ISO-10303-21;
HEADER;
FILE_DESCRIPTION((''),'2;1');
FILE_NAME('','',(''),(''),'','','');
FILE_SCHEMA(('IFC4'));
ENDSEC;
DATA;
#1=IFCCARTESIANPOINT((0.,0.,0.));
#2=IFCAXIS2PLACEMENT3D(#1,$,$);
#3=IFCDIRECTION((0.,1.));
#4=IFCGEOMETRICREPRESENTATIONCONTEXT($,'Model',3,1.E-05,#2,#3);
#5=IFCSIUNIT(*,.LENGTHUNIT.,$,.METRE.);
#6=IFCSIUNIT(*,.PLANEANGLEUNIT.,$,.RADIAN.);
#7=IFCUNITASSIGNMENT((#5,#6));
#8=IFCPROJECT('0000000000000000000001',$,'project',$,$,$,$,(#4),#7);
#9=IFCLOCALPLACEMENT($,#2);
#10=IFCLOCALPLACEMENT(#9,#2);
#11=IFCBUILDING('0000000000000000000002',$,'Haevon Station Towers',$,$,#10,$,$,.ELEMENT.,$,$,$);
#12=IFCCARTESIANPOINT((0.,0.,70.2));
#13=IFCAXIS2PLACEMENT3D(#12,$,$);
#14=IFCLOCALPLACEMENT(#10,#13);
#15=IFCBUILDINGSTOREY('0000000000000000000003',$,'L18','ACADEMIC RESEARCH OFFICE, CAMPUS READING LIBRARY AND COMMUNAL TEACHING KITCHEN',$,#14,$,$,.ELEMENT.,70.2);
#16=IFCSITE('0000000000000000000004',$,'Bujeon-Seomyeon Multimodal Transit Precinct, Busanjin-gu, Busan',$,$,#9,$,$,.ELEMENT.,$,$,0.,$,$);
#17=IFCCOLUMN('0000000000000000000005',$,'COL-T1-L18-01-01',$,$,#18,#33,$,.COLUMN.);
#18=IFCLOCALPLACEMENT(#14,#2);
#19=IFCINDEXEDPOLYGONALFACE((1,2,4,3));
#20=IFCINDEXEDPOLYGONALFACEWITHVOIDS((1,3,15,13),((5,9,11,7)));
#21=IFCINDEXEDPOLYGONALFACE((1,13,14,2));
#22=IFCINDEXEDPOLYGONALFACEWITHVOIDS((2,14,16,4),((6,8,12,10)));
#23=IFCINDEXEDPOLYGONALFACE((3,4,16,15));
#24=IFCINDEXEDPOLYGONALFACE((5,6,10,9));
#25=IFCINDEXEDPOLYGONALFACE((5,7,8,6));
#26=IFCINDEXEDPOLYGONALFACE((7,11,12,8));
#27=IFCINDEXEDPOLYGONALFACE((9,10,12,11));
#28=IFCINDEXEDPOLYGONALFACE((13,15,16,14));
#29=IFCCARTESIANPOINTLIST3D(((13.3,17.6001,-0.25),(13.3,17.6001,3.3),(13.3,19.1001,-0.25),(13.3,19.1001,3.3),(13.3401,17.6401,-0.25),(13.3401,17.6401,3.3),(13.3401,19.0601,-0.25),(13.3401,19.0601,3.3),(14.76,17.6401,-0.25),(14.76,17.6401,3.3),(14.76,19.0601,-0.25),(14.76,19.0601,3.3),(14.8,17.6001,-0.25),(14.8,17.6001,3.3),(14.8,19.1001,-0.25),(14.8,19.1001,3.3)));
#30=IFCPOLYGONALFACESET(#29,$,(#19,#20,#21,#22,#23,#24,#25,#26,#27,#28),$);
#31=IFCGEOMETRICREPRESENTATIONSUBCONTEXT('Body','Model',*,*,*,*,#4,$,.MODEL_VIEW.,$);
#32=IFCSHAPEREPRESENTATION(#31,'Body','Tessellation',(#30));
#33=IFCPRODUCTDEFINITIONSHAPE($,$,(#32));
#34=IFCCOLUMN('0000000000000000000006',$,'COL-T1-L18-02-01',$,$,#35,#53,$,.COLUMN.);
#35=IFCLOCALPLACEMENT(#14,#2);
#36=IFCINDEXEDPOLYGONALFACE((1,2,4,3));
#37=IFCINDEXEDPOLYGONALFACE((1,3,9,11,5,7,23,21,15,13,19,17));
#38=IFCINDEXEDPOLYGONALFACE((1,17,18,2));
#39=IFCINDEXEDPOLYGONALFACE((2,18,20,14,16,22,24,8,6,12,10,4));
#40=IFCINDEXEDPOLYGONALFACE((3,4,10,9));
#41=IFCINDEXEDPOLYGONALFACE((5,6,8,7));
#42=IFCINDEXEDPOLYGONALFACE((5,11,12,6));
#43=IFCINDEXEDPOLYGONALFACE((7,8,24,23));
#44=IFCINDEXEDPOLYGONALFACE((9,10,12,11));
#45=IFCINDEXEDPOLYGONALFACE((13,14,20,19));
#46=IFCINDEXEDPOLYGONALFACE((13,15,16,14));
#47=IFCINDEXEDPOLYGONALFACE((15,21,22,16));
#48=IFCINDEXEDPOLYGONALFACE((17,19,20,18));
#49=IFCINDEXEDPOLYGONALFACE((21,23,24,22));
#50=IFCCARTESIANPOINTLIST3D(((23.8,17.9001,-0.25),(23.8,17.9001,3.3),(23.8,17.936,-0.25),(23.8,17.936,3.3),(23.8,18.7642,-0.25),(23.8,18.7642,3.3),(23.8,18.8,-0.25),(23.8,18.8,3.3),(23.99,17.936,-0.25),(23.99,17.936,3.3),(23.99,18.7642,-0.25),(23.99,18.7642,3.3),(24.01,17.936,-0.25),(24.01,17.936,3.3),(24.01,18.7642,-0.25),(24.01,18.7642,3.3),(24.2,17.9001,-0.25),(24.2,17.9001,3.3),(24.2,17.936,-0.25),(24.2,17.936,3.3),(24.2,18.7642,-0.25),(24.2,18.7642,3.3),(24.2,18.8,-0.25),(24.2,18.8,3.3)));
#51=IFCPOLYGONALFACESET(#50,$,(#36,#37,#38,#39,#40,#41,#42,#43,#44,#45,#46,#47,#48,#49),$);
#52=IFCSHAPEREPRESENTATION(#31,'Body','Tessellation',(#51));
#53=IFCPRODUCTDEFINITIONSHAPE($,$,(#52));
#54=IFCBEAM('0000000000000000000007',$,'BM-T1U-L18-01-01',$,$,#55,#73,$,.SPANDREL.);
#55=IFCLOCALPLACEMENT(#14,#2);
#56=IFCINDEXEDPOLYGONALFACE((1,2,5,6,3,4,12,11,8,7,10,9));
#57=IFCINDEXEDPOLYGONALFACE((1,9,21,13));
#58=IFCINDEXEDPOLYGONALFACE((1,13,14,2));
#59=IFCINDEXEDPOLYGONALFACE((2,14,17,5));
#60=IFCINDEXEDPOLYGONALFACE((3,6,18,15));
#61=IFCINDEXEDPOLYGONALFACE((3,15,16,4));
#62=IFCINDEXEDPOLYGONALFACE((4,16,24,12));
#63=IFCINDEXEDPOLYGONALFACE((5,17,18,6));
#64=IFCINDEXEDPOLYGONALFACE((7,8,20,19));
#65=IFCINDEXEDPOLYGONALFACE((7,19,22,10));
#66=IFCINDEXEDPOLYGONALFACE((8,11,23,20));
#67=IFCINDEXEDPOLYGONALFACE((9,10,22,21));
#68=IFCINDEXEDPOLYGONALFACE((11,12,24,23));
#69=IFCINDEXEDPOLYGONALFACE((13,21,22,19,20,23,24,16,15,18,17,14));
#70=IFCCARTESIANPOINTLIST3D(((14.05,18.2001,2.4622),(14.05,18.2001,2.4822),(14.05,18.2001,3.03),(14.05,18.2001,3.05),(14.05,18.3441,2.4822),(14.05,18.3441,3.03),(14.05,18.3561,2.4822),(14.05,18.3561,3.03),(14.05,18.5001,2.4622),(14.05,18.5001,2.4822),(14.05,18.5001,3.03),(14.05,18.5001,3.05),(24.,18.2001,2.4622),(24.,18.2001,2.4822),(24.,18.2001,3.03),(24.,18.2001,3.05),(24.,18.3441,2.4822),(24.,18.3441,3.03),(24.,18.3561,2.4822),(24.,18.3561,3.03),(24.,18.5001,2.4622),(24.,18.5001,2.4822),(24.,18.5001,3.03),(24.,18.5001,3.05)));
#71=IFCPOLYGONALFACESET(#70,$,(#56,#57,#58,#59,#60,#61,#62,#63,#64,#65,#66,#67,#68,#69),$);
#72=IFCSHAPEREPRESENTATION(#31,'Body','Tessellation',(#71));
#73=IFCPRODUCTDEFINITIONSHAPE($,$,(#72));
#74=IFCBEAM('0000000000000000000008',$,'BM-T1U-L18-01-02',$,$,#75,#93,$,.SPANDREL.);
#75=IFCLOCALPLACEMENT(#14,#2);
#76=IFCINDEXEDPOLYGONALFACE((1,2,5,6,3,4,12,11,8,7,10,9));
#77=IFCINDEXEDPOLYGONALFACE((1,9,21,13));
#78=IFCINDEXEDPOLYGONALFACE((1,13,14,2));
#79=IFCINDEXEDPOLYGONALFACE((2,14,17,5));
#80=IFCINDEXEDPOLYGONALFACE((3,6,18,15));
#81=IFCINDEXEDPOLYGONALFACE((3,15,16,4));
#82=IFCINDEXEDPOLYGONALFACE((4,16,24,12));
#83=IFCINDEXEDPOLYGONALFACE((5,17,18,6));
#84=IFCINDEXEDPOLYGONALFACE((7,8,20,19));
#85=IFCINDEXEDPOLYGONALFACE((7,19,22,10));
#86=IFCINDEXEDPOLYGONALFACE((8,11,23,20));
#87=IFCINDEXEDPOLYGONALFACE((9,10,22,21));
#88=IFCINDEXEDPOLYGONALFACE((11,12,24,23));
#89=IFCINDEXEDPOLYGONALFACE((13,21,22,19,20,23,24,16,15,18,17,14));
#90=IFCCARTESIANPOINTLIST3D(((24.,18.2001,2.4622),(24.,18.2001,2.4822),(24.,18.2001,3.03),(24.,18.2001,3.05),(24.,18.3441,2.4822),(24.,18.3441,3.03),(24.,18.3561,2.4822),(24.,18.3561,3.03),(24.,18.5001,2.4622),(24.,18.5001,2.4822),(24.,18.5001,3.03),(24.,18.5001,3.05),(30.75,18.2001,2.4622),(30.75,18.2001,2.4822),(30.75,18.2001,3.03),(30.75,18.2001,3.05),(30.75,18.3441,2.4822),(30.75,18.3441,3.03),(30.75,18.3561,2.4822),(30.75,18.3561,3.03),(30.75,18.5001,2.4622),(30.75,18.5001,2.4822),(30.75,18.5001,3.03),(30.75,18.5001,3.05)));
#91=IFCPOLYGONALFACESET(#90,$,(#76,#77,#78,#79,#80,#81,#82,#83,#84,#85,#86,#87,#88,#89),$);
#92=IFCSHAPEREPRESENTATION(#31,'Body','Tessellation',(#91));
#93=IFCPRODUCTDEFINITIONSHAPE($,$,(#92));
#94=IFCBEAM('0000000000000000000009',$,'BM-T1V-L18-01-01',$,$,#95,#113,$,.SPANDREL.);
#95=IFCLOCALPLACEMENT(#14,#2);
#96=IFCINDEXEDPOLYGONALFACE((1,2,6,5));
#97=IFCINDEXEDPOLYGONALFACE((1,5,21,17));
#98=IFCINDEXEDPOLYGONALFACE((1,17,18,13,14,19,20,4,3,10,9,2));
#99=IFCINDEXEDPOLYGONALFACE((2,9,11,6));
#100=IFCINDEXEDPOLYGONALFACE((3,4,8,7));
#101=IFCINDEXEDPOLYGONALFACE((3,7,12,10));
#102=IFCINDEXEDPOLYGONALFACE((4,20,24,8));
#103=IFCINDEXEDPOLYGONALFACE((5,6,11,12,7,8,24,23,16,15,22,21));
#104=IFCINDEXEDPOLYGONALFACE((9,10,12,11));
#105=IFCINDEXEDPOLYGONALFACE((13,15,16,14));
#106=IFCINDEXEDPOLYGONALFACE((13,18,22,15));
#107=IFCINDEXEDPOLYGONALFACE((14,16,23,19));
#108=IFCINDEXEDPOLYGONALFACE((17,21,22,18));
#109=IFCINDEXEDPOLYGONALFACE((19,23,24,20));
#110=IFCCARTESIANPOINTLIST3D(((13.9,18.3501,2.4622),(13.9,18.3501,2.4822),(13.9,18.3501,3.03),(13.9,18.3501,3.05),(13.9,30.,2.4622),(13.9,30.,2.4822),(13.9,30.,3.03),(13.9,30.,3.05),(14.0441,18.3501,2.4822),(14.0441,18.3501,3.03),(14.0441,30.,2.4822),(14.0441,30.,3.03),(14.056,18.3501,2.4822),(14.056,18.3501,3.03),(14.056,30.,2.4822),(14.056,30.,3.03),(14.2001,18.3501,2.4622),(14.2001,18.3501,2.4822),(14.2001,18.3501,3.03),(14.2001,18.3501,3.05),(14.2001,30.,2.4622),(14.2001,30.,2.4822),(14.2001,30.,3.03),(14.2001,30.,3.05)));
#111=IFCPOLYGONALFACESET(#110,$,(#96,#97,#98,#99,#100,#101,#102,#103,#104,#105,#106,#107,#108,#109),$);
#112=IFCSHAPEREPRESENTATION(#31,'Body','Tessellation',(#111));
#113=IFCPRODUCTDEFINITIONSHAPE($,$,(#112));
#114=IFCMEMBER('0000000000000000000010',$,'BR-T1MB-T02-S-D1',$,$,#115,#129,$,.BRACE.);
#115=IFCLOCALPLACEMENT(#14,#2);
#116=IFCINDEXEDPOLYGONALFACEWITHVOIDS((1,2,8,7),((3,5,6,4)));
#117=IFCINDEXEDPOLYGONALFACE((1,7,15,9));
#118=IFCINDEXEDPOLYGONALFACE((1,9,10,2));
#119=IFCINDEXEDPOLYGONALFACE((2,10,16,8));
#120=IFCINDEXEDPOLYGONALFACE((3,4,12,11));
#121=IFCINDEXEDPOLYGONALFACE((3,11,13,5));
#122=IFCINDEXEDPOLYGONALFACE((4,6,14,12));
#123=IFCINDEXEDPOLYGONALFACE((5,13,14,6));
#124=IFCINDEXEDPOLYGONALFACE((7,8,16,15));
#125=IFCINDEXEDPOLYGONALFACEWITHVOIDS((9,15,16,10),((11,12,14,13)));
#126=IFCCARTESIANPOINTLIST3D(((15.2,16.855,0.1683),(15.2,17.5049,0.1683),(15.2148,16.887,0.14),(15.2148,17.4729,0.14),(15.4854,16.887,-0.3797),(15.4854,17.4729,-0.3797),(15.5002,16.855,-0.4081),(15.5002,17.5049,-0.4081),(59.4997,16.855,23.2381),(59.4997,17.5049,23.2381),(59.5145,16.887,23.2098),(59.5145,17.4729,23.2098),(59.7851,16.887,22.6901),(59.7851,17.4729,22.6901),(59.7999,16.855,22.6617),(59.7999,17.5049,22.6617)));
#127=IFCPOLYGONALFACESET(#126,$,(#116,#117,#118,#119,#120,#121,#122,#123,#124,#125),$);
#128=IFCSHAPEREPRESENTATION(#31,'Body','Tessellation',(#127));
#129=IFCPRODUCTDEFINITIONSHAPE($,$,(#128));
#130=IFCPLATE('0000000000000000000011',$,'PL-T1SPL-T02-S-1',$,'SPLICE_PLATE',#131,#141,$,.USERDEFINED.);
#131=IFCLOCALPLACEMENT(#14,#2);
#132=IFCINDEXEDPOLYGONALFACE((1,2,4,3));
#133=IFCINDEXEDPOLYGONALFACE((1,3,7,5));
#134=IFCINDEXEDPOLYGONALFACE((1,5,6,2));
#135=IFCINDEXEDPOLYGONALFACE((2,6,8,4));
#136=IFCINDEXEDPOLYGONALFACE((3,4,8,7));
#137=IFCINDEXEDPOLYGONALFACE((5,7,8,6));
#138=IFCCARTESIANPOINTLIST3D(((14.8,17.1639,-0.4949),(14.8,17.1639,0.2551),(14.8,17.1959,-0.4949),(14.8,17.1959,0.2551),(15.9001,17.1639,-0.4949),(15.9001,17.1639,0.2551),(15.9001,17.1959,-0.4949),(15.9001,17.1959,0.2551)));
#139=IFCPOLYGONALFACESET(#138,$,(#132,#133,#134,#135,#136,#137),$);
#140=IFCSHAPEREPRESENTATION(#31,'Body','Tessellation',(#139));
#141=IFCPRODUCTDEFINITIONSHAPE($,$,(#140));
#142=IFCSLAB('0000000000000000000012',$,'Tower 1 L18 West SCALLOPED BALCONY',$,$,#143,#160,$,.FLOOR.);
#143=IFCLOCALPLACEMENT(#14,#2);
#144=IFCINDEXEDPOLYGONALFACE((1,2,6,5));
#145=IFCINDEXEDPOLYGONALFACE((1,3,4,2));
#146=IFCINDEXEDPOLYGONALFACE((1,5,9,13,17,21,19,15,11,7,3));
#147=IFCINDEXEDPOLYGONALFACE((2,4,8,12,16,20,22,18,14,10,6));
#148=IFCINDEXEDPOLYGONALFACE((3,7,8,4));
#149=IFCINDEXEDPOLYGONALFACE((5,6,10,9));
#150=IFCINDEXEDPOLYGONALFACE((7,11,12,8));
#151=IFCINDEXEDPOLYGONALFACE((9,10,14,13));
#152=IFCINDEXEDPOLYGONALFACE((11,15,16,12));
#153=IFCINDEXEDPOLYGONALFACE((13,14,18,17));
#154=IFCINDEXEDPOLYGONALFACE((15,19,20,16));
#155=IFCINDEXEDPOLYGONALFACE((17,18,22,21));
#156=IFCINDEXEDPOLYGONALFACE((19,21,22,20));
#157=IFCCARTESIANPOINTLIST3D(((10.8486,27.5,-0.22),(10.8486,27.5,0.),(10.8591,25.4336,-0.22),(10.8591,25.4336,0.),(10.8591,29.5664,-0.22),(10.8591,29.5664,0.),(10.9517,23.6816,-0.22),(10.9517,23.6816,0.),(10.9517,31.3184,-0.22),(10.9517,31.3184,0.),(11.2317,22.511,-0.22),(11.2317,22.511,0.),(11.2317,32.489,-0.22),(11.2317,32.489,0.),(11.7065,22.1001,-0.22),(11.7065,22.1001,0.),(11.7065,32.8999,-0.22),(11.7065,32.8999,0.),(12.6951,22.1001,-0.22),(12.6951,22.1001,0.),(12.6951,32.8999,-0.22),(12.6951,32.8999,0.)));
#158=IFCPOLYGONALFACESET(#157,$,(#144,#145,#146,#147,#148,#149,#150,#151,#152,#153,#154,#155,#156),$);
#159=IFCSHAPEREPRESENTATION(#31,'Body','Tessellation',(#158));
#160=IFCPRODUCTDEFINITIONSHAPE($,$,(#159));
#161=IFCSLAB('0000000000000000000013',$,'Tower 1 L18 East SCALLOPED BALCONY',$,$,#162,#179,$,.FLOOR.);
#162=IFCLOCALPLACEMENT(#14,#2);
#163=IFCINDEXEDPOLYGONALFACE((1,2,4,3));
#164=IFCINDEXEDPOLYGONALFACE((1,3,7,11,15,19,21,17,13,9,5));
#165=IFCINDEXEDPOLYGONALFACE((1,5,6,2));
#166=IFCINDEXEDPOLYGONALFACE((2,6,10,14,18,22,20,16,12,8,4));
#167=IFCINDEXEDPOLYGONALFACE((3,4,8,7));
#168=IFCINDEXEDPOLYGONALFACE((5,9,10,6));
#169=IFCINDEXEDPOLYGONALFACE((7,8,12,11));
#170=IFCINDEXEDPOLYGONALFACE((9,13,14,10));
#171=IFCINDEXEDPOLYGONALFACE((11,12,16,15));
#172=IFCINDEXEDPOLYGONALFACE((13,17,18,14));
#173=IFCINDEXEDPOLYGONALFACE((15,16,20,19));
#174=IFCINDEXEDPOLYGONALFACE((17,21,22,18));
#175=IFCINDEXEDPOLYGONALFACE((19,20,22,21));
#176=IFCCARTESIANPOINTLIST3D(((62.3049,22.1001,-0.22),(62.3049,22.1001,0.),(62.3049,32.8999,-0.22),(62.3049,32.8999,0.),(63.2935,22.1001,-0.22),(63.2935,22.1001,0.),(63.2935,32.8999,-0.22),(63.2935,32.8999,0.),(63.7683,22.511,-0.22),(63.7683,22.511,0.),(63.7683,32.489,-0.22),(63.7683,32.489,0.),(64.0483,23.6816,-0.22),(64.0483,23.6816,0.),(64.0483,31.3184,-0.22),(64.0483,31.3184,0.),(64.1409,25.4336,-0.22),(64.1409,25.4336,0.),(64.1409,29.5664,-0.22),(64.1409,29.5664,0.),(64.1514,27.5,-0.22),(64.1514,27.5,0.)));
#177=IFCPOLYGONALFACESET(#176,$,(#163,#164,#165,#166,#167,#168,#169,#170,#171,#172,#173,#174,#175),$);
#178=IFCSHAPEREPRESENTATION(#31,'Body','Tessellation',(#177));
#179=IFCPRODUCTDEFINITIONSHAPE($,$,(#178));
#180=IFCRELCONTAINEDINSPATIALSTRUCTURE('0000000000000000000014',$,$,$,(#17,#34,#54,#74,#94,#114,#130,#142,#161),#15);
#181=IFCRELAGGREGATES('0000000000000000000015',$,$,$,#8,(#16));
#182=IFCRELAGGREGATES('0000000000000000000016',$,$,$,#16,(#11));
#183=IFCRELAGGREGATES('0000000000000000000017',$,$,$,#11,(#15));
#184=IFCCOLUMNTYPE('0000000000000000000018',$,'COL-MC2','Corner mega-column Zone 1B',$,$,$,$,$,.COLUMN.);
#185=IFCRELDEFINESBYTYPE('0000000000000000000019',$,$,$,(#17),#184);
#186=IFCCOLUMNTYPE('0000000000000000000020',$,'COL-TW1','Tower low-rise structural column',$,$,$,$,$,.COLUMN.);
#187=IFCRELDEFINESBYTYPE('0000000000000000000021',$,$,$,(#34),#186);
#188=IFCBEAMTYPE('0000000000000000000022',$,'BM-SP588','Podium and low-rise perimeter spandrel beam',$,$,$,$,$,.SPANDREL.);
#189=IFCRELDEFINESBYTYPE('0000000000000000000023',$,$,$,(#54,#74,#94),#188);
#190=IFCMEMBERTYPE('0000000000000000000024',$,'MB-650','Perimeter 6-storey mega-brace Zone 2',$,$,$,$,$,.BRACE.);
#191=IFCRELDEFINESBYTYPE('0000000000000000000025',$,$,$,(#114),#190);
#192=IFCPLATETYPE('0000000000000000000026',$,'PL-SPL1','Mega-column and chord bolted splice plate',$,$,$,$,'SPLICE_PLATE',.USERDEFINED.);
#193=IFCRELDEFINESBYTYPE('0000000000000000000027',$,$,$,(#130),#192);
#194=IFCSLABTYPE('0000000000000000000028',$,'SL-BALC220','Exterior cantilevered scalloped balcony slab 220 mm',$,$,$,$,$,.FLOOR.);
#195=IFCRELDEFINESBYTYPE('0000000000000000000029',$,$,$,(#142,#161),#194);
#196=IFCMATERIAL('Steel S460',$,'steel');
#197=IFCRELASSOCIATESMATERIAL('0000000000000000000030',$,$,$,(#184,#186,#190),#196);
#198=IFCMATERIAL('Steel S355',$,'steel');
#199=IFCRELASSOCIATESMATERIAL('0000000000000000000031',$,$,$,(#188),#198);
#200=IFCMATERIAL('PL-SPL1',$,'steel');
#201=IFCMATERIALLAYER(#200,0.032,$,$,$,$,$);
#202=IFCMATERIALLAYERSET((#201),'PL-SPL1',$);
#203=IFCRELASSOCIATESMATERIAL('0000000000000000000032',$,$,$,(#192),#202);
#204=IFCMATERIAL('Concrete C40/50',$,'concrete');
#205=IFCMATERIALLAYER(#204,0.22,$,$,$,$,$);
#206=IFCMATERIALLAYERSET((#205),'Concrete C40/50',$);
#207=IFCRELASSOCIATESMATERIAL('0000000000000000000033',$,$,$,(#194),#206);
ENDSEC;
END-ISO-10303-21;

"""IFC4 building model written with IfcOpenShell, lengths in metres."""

from ifc_helpers import new_model, si_unit, direction, frame, origin, origin_2d, place, context, subcontext, project, spatial, polyline, rectangle, hollow_rectangle, i_section, outline, extrude, material, layer, layer_set, material_profile, profile_set, type_object, element, save


model = new_model("IFC4")

# Units and contexts
model_context = context("Model", 3, precision=1e-05, world=origin(), true_north=direction((0.0, 1.0)))
body_context = subcontext(model_context, "Body", "Model", "MODEL_VIEW")
ifc_project = project(units=[si_unit("LENGTHUNIT", "METRE"), si_unit("PLANEANGLEUNIT", "RADIAN")], contexts=[model_context])

# Site, building, storey
site_placement = place(None, origin())
site = spatial("IfcSite", under=ifc_project, at=site_placement, Name="Bujeon-Seomyeon Multimodal Transit Precinct, Busanjin-gu, Busan", CompositionType="ELEMENT", RefElevation=0.0)
building_placement = place(site_placement, origin())
building = spatial("IfcBuilding", under=site, at=building_placement, Name="Haevon Station Towers", CompositionType="ELEMENT")
storey_placement = place(building_placement, frame((0.0, 0.0, 70.2)))
storey = spatial("IfcBuildingStorey", under=building, at=storey_placement, Name="L18", Description="ACADEMIC RESEARCH OFFICE, CAMPUS READING LIBRARY AND COMMUNAL TEACHING KITCHEN", CompositionType="ELEMENT", Elevation=70.2)

# Columns
ifc_material_1 = material(Name="Steel S460", Category="steel")
ifc_material_profile_1 = material_profile(ifc_material_1, hollow_rectangle(XDim=1.5, YDim=1.5, WallThickness=0.04, at=origin_2d()), Name="BOX-1500x1500x40")
ifc_profile_set_1 = profile_set([ifc_material_profile_1], Name="Steel S460")
column_type_1 = type_object("IfcColumnType", Name="COL-MC2", Description="Corner mega-column Zone 1B", PredefinedType="COLUMN", material=ifc_profile_set_1)
column_1_placement = place(storey_placement, frame((14.05, 18.3501, -0.25), z_axis=(0.0, 0.0, 1.0), x_axis=(1.0, 0.0, 0.0)))
element("IfcColumn", 1, at=column_1_placement, inside=storey, type_object=column_type_1, Name="COL-T1-L18-01-01", PredefinedType="COLUMN", context=body_context, shape_type="SweptSolid", body=[
    extrude(hollow_rectangle(XDim=1.5, YDim=1.5, WallThickness=0.04, at=origin_2d()), origin(), (0.0, 0.0, 1.0), 3.55),
])
ifc_material_profile_2 = material_profile(ifc_material_1, i_section(OverallWidth=0.3999, OverallDepth=0.8999, WebThickness=0.02, FlangeThickness=0.0359, at=origin_2d()), Name="H-900x400x20x36")
ifc_profile_set_2 = profile_set([ifc_material_profile_2], Name="Steel S460")
column_type_2 = type_object("IfcColumnType", Name="COL-TW1", Description="Tower low-rise structural column", PredefinedType="COLUMN", material=ifc_profile_set_2)
column_2_placement = place(storey_placement, frame((24.0, 18.3501, -0.25), z_axis=(0.0, 0.0, 1.0), x_axis=(1.0, 0.0, 0.0)))
element("IfcColumn", 2, at=column_2_placement, inside=storey, type_object=column_type_2, Name="COL-T1-L18-02-01", PredefinedType="COLUMN", context=body_context, shape_type="SweptSolid", body=[
    extrude(i_section(OverallWidth=0.3999, OverallDepth=0.8999, WebThickness=0.02, FlangeThickness=0.0359, at=origin_2d()), origin(), (0.0, 0.0, 1.0), 3.55),
])

# Beams
ifc_material_2 = material(Name="Steel S355", Category="steel")
ifc_material_profile_3 = material_profile(ifc_material_2, i_section(OverallWidth=0.3, OverallDepth=0.5879, WebThickness=0.012, FlangeThickness=0.02, at=origin_2d()), Name="H-588x300x12x20")
ifc_profile_set_3 = profile_set([ifc_material_profile_3], Name="Steel S355")
beam_type = type_object("IfcBeamType", Name="BM-SP588", Description="Podium and low-rise perimeter spandrel beam", PredefinedType="SPANDREL", material=ifc_profile_set_3)
beam_1_placement = place(storey_placement, frame((14.05, 18.3501, 2.7561), z_axis=(1.0, 0.0, 0.0), x_axis=(0.0, 1.0, 0.0)))
element("IfcBeam", 3, at=beam_1_placement, inside=storey, type_object=beam_type, Name="BM-T1U-L18-01-01", PredefinedType="SPANDREL", context=body_context, shape_type="SweptSolid", body=[
    extrude(i_section(OverallWidth=0.3, OverallDepth=0.5879, WebThickness=0.012, FlangeThickness=0.02, at=origin_2d()), origin(), (0.0, 0.0, 1.0), 9.95),
])
beam_2_placement = place(storey_placement, frame((24.0, 18.3501, 2.7561), z_axis=(1.0, 0.0, 0.0), x_axis=(0.0, 1.0, 0.0)))
element("IfcBeam", 4, at=beam_2_placement, inside=storey, type_object=beam_type, Name="BM-T1U-L18-01-02", PredefinedType="SPANDREL", context=body_context, shape_type="SweptSolid", body=[
    extrude(i_section(OverallWidth=0.3, OverallDepth=0.5879, WebThickness=0.012, FlangeThickness=0.02, at=origin_2d()), origin(), (0.0, 0.0, 1.0), 6.75),
])
beam_3_placement = place(storey_placement, frame((14.05, 18.3501, 2.7561), z_axis=(0.0, 1.0, 0.0), x_axis=(-1.0, 0.0, 0.0)))
element("IfcBeam", 5, at=beam_3_placement, inside=storey, type_object=beam_type, Name="BM-T1V-L18-01-01", PredefinedType="SPANDREL", context=body_context, shape_type="SweptSolid", body=[
    extrude(i_section(OverallWidth=0.3, OverallDepth=0.5879, WebThickness=0.012, FlangeThickness=0.02, at=origin_2d()), origin(), (0.0, 0.0, 1.0), 11.6499),
])

# Member
ifc_material_profile_4 = material_profile(ifc_material_1, hollow_rectangle(XDim=0.6499, YDim=0.6499, WallThickness=0.032, at=origin_2d()), Name="RHS-650x650x32")
ifc_profile_set_4 = profile_set([ifc_material_profile_4], Name="Steel S460")
member_type = type_object("IfcMemberType", Name="MB-650", Description="Perimeter 6-storey mega-brace Zone 2", PredefinedType="BRACE", material=ifc_profile_set_4)
member_placement = place(storey_placement, frame((15.3501, 17.1799, -0.1199), z_axis=(0.886939, 0.0, 0.461887), x_axis=(0.0, 1.0, 0.0)))
element("IfcMember", 6, at=member_placement, inside=storey, type_object=member_type, Name="BR-T1MB-T02-S-D1", PredefinedType="BRACE", context=body_context, shape_type="SweptSolid", body=[
    extrude(hollow_rectangle(XDim=0.6499, YDim=0.6499, WallThickness=0.032, at=origin_2d()), origin(), (0.0, 0.0, 1.0), 49.9468),
])

# Plate
ifc_material_3 = material(Name="PL-SPL1", Category="steel")
ifc_layer_1 = layer(ifc_material_3, 0.032)
ifc_layer_set_1 = layer_set([ifc_layer_1], Name="PL-SPL1")
plate_type = type_object("IfcPlateType", Name="PL-SPL1", Description="Mega-column and chord bolted splice plate", ElementType="SPLICE_PLATE", PredefinedType="USERDEFINED", material=ifc_layer_set_1)
plate_placement = place(storey_placement, frame((15.3501, 17.1799, -0.4949), z_axis=(0.0, 0.0, 1.0), x_axis=(1.0, 0.0, 0.0)))
element("IfcPlate", 7, at=plate_placement, inside=storey, type_object=plate_type, Name="PL-T1SPL-T02-S-1", ObjectType="SPLICE_PLATE", PredefinedType="USERDEFINED", context=body_context, shape_type="SweptSolid", body=[
    extrude(rectangle(XDim=1.1001, YDim=0.032, at=origin_2d()), origin(), (0.0, 0.0, 1.0), 0.75),
])

# Slabs
ifc_material_4 = material(Name="Concrete C40/50", Category="concrete")
ifc_layer_2 = layer(ifc_material_4, 0.22)
ifc_layer_set_2 = layer_set([ifc_layer_2], Name="Concrete C40/50")
slab_type_1 = type_object("IfcSlabType", Name="SL-BALC220", Description="Exterior cantilevered scalloped balcony slab 220 mm", PredefinedType="FLOOR", material=ifc_layer_set_2)
slab_1_placement = place(storey_placement, frame((0.0, 0.0, -0.22)))
element("IfcSlab", 8, at=slab_1_placement, inside=storey, type_object=slab_type_1, Name="Tower 1 L18 West SCALLOPED BALCONY", PredefinedType="FLOOR", context=body_context, shape_type="SweptSolid", body=[
    extrude(outline(polyline([(12.6951, 32.8999), (11.7065, 32.8999), (11.2317, 32.489), (10.9517, 31.3184), (10.8591, 29.5664), (10.8486, 27.5), (10.8591, 25.4336), (10.9517, 23.6816), (11.2317, 22.511), (11.7065, 22.1001), (12.6951, 22.1001), (12.6951, 32.8999)])), origin(), (0.0, 0.0, 1.0), 0.22),
])
slab_2_placement = place(storey_placement, frame((0.0, 0.0, -0.22)))
element("IfcSlab", 9, at=slab_2_placement, inside=storey, type_object=slab_type_1, Name="Tower 1 L18 East SCALLOPED BALCONY", PredefinedType="FLOOR", context=body_context, shape_type="SweptSolid", body=[
    extrude(outline(polyline([(62.3049, 22.1001), (63.2935, 22.1001), (63.7683, 22.511), (64.0483, 23.6816), (64.1409, 25.4336), (64.1514, 27.5), (64.1409, 29.5664), (64.0483, 31.3184), (63.7683, 32.489), (63.2935, 32.8999), (62.3049, 32.8999), (62.3049, 22.1001)])), origin(), (0.0, 0.0, 1.0), 0.22),
])

save(model, "model.ifc")
